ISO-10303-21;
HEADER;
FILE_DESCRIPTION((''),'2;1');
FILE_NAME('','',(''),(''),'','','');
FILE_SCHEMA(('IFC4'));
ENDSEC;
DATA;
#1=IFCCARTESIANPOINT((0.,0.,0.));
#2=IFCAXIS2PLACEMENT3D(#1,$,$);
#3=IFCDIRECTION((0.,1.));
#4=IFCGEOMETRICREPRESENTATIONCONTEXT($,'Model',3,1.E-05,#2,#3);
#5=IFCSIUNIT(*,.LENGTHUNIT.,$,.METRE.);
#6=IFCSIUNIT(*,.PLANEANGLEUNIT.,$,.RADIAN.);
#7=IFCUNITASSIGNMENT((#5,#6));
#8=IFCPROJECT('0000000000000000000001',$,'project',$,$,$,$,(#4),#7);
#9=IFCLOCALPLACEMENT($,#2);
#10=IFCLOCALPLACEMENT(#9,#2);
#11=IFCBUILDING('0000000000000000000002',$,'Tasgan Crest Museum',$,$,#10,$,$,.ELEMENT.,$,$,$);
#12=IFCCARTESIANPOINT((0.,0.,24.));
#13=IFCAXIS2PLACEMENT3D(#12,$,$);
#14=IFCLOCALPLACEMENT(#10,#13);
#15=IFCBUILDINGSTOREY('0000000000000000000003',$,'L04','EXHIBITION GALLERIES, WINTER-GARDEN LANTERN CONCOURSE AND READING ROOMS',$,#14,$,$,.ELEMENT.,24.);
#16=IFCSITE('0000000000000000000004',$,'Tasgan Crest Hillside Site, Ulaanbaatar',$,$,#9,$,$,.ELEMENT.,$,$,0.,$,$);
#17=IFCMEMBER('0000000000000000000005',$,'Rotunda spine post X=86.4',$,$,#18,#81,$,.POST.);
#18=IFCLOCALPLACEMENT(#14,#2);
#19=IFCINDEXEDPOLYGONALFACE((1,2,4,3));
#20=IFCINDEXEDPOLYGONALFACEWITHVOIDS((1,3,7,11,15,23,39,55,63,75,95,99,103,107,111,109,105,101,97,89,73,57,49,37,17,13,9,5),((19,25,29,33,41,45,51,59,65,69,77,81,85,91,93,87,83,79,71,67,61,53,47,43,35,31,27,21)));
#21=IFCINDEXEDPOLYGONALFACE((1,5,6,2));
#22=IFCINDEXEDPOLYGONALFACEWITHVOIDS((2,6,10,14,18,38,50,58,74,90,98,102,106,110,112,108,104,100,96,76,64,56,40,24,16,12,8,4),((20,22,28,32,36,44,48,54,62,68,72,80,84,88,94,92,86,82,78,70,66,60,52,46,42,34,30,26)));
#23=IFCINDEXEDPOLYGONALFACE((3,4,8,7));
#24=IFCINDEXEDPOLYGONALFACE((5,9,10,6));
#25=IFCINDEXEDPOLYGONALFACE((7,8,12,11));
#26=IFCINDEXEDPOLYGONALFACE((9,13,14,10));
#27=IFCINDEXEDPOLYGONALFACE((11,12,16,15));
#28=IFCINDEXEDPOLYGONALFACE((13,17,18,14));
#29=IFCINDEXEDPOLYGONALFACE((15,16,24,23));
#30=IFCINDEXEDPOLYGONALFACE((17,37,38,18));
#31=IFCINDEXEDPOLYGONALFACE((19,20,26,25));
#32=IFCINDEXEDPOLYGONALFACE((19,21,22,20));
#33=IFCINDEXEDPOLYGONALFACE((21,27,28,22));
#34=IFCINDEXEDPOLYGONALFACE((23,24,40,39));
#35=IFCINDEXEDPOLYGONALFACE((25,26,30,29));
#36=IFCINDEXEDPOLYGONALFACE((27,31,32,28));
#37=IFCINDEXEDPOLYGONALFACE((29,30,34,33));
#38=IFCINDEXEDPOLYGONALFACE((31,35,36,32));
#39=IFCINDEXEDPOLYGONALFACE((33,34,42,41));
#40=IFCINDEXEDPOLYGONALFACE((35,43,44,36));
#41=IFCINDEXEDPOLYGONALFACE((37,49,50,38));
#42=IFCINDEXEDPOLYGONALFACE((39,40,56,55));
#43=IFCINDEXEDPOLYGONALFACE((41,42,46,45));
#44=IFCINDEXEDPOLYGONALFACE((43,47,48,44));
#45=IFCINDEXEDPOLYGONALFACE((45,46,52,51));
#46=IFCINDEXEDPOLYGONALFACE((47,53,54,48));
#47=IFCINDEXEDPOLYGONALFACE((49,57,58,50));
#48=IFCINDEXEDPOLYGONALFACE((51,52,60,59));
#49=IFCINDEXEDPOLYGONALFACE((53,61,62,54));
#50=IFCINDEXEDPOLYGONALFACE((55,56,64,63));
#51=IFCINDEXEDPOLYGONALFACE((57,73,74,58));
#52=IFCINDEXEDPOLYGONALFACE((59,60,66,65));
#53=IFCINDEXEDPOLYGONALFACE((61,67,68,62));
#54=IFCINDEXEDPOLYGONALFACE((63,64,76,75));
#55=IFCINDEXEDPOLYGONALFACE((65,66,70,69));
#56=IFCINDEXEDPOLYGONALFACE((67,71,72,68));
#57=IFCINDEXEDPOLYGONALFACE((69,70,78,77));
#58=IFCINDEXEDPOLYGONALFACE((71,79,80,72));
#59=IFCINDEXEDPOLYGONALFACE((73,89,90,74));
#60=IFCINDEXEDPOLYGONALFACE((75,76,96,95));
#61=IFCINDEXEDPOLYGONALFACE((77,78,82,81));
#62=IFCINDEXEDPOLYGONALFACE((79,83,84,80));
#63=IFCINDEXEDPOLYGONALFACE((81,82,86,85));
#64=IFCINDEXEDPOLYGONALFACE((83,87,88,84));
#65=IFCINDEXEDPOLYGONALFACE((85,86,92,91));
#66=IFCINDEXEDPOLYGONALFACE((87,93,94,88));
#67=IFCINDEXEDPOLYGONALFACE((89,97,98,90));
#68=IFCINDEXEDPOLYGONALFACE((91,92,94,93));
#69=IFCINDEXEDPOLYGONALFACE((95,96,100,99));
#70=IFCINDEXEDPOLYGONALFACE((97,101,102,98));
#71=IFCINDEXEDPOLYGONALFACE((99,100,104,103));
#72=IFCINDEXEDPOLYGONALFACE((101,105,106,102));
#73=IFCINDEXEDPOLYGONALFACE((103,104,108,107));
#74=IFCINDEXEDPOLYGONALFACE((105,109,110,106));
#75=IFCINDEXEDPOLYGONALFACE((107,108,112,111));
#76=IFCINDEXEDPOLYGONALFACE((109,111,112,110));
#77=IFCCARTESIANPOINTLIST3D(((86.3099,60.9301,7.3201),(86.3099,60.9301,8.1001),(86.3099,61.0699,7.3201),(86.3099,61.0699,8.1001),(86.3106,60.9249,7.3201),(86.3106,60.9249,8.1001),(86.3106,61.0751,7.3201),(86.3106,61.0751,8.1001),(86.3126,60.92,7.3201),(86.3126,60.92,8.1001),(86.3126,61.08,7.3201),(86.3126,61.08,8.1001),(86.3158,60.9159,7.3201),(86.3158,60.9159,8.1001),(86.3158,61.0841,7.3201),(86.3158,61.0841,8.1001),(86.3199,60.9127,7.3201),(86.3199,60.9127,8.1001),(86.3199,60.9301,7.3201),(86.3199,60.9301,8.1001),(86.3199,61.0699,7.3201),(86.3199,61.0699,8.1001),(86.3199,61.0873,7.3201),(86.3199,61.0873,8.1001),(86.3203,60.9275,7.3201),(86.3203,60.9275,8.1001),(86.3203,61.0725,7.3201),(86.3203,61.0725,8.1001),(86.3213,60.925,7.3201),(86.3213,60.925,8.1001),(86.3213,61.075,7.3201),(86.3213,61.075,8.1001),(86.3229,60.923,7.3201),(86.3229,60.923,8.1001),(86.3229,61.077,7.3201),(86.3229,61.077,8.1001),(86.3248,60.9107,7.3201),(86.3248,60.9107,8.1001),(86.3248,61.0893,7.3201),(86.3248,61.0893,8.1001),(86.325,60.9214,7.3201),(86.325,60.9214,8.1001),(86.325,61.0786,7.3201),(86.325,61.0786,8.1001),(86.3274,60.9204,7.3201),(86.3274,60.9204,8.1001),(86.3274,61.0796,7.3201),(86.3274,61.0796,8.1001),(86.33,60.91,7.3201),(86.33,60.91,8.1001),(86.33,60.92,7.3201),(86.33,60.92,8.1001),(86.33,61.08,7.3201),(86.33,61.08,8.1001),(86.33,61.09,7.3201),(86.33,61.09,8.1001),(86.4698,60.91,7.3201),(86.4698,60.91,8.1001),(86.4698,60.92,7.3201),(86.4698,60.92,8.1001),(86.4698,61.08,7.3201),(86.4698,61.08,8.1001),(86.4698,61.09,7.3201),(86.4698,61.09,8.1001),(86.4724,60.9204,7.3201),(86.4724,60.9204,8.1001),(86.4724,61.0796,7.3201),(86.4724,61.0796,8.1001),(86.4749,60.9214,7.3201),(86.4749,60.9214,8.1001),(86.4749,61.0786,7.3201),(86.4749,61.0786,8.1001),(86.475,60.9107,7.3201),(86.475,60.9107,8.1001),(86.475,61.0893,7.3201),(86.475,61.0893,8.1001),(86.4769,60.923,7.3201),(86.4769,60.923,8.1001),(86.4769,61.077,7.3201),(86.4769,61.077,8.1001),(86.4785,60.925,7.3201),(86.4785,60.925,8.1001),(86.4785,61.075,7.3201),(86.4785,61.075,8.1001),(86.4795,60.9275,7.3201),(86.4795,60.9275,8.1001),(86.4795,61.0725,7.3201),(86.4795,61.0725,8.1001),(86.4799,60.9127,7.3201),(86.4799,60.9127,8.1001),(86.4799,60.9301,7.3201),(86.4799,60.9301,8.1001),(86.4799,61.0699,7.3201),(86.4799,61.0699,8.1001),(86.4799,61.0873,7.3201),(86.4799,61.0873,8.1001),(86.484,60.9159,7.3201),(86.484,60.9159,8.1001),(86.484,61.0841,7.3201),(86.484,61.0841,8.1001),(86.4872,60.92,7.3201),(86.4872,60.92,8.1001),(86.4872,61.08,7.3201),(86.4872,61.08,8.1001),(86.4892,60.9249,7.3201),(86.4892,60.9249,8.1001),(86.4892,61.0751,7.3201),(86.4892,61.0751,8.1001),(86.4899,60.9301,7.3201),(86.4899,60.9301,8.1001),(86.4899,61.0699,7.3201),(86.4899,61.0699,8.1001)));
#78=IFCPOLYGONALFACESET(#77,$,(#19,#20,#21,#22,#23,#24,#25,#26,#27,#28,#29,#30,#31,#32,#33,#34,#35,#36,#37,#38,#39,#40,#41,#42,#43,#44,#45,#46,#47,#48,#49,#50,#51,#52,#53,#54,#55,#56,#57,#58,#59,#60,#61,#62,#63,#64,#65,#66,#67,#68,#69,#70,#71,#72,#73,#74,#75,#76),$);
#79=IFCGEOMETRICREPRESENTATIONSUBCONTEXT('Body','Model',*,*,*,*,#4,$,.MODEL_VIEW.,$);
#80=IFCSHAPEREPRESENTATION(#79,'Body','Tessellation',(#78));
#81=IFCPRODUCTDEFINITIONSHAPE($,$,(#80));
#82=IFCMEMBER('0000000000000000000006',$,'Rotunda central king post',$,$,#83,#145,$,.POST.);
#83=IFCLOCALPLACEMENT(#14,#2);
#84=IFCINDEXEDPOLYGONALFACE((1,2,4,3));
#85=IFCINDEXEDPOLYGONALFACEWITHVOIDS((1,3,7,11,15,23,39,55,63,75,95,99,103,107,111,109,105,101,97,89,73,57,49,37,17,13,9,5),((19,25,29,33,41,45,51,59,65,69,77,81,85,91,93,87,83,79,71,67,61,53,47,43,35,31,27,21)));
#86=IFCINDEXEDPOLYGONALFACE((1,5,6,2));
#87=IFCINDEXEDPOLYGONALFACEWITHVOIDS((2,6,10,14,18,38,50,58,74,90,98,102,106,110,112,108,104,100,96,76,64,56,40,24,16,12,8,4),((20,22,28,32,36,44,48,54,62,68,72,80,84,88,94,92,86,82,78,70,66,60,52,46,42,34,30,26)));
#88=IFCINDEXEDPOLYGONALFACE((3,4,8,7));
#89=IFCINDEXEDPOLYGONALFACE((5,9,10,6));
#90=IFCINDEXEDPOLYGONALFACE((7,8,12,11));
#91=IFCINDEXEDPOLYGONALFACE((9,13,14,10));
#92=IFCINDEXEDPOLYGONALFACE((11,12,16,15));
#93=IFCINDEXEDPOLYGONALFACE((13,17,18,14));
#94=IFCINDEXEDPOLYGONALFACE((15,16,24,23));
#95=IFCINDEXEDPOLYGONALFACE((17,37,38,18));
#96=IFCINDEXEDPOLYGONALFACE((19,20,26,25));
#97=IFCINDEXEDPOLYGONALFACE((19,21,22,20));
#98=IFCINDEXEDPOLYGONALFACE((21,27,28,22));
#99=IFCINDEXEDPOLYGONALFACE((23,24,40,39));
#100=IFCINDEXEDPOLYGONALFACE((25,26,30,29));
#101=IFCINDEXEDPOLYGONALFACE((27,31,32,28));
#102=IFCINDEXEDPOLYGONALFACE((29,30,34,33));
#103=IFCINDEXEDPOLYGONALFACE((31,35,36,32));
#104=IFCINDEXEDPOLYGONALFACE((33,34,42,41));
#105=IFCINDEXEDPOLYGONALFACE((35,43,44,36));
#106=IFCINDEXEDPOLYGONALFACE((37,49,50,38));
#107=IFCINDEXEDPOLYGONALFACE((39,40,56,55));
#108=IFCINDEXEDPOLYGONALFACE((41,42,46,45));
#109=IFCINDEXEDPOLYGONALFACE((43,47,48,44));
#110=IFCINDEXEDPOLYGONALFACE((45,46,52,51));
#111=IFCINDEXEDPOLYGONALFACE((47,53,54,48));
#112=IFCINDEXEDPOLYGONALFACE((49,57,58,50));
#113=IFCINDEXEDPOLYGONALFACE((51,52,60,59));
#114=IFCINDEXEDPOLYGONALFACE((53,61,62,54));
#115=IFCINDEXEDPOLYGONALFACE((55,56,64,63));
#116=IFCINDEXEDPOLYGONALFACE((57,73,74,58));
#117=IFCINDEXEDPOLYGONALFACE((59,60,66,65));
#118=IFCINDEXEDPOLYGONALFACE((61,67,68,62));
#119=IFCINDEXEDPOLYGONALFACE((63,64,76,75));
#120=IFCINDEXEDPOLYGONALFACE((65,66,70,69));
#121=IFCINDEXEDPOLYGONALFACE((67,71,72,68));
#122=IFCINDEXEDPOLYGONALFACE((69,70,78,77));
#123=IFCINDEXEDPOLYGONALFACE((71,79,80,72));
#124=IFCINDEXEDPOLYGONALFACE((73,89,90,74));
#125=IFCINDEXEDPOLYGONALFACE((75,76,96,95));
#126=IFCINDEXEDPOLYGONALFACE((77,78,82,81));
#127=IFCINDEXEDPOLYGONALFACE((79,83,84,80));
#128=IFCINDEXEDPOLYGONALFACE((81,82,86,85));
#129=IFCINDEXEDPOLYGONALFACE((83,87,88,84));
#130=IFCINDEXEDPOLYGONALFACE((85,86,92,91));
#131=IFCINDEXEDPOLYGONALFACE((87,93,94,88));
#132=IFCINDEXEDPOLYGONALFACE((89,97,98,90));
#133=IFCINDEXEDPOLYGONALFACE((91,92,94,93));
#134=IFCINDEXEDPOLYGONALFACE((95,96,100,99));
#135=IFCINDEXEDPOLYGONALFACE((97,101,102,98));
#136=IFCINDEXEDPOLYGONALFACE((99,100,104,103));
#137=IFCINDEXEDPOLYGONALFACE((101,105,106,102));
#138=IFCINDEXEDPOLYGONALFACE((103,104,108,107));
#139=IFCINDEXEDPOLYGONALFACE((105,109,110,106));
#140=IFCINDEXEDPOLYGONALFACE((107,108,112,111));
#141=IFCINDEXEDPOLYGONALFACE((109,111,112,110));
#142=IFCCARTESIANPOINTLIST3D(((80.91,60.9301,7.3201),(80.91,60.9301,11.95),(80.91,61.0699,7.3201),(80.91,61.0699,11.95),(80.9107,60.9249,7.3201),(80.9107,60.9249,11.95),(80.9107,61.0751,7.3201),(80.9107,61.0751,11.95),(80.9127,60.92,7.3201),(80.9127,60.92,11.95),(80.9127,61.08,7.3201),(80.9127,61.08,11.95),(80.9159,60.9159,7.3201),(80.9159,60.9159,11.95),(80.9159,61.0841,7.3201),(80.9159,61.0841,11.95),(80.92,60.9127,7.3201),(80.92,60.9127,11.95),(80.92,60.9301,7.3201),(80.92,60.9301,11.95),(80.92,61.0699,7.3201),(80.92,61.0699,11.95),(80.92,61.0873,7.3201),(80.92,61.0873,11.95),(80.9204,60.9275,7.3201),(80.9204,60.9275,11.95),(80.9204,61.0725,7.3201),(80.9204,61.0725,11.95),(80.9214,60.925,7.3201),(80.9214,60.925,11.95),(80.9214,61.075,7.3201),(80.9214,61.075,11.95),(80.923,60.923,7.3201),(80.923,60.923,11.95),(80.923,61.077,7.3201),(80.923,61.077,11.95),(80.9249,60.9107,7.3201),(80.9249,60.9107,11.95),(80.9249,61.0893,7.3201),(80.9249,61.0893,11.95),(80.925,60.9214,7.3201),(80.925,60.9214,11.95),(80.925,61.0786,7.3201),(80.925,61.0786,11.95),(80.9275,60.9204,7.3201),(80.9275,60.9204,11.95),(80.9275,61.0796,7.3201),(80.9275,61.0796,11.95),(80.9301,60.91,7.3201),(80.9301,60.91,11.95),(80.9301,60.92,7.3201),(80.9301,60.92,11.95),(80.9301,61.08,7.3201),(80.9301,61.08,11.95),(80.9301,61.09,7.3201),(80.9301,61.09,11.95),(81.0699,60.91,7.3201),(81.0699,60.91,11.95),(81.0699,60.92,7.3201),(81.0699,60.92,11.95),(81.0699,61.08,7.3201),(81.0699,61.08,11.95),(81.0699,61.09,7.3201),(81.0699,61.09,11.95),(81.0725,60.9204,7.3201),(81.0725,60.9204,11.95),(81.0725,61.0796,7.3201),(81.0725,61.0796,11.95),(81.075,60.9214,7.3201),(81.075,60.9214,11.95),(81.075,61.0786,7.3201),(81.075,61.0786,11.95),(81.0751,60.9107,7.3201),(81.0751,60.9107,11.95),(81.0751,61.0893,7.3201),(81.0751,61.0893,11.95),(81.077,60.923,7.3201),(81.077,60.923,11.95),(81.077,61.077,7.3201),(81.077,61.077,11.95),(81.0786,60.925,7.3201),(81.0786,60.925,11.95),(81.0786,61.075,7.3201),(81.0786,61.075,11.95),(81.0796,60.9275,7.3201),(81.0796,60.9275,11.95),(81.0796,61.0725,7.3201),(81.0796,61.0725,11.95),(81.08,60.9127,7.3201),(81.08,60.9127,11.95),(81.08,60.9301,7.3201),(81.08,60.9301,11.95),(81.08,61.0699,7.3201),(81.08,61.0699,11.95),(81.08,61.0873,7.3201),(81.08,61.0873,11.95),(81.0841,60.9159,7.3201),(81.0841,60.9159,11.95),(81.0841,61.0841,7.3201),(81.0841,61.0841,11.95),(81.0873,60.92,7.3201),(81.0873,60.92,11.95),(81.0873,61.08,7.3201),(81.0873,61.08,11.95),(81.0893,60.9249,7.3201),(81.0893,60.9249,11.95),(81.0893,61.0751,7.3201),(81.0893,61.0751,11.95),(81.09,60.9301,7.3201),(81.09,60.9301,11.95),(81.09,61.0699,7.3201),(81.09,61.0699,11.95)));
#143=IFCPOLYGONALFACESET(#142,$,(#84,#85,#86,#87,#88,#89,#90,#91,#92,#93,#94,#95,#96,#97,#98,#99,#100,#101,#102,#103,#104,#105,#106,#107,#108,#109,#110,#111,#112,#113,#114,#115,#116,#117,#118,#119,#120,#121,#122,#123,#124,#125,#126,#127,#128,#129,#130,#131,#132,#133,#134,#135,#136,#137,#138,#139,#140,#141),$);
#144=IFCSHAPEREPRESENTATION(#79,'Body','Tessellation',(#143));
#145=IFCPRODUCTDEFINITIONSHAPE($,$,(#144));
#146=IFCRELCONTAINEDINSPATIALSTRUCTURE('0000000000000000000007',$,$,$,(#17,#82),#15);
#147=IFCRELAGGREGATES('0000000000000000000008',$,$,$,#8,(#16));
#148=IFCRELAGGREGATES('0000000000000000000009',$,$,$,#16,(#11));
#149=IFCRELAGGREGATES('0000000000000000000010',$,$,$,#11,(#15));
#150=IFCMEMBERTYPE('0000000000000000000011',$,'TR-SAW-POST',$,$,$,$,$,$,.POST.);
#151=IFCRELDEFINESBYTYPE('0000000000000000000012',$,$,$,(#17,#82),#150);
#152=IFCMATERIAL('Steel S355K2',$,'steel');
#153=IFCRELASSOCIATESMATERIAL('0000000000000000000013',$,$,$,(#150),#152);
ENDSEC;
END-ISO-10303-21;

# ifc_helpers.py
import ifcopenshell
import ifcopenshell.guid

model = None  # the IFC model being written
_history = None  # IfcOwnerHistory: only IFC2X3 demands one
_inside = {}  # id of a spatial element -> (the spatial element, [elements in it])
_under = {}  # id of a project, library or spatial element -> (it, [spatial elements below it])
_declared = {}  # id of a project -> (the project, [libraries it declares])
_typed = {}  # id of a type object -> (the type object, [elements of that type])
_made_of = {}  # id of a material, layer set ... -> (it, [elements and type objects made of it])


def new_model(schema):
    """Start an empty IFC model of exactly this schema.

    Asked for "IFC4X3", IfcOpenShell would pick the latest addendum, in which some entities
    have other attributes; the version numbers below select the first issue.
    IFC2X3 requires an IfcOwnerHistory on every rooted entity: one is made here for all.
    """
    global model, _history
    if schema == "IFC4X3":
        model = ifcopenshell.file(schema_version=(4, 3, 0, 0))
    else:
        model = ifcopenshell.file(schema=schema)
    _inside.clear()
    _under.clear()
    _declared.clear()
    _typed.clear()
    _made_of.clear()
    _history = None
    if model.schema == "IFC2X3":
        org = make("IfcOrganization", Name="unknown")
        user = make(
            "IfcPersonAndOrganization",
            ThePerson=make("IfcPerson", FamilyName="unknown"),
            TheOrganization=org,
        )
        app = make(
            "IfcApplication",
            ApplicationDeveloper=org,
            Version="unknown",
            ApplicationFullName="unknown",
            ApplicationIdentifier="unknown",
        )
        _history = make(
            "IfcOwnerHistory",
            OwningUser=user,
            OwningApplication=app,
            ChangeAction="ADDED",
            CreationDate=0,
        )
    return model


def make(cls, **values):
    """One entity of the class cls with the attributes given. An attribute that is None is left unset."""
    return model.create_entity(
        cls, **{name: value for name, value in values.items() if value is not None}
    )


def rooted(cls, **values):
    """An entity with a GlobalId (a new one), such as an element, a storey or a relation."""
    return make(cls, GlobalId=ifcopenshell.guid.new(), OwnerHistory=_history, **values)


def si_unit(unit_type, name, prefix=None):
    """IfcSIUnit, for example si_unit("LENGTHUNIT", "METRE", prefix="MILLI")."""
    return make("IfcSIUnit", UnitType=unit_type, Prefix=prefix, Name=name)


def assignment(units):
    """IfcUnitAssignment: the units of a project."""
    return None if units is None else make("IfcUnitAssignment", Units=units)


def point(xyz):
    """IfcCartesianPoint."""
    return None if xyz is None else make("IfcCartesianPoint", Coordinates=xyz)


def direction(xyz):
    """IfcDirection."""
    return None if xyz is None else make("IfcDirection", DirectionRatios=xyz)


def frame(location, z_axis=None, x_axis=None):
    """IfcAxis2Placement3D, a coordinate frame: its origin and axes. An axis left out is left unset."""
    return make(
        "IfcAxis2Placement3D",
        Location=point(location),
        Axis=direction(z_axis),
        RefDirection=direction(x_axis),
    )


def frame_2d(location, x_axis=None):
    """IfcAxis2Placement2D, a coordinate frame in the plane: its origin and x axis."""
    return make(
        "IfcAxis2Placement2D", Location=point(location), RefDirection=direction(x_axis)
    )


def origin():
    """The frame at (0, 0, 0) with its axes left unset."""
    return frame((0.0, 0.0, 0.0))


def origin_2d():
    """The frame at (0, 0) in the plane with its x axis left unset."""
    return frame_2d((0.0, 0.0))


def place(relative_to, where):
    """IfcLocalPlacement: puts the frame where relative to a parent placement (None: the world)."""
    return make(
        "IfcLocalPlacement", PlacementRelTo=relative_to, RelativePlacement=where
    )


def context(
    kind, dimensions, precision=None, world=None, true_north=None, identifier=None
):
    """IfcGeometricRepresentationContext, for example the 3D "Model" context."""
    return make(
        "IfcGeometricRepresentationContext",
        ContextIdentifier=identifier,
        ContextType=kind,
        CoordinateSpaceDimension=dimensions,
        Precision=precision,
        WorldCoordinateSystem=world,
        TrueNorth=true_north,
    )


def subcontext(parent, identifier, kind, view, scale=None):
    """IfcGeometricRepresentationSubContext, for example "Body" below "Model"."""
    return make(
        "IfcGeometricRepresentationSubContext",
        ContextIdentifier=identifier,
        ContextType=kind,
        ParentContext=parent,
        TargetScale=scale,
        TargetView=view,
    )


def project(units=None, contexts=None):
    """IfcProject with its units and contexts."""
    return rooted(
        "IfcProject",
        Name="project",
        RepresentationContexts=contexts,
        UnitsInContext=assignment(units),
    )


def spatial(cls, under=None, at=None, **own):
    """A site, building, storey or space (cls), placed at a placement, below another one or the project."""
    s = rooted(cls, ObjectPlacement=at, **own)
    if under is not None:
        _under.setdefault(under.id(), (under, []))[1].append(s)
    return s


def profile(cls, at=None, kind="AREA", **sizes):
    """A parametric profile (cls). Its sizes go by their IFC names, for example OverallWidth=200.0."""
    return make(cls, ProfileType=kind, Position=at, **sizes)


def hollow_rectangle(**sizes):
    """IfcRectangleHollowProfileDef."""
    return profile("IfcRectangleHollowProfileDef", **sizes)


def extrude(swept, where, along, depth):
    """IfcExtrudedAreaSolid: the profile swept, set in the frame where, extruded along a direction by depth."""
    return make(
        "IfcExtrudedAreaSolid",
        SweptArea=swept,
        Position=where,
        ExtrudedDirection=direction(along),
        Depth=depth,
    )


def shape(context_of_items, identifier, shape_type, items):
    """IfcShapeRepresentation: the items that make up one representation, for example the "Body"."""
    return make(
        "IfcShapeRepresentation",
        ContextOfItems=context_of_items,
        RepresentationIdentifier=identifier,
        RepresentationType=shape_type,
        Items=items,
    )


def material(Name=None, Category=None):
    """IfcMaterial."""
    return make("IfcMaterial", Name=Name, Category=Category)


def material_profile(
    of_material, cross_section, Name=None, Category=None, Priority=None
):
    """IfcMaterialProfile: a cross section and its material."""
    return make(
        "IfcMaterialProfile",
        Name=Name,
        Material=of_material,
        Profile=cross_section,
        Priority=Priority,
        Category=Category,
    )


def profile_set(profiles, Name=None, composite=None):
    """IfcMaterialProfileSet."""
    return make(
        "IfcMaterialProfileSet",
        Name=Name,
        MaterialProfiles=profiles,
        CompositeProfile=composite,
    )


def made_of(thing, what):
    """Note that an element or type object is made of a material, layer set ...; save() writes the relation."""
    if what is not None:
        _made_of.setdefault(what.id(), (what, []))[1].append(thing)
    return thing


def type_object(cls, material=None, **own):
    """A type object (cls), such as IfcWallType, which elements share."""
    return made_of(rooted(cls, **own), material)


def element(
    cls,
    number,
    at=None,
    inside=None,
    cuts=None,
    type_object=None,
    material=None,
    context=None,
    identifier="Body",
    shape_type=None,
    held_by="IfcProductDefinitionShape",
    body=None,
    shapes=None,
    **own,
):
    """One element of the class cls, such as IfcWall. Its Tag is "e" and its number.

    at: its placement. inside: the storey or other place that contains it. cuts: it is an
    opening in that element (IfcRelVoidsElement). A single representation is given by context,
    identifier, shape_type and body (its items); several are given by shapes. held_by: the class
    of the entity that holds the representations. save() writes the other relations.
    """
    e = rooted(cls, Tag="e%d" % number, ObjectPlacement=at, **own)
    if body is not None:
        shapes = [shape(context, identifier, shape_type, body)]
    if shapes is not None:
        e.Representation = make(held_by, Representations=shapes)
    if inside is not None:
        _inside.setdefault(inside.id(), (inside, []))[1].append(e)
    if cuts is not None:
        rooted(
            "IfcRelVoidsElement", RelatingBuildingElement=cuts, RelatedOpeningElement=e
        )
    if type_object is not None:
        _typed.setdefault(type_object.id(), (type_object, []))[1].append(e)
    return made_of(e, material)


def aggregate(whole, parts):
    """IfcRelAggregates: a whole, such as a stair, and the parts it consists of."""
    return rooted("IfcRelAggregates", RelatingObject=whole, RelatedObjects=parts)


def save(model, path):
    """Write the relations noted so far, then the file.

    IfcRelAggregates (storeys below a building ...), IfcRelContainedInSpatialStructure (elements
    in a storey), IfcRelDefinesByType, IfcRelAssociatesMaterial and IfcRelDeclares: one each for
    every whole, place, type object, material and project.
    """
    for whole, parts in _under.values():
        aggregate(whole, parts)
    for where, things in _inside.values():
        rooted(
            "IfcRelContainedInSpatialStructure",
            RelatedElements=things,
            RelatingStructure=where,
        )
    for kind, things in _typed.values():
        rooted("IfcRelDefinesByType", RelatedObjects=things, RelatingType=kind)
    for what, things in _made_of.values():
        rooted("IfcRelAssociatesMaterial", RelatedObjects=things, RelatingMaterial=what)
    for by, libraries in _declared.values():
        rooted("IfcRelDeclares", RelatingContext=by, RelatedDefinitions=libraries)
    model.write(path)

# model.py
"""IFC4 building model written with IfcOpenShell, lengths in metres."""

from ifc_helpers import new_model, si_unit, direction, frame, origin, origin_2d, place, context, subcontext, project, spatial, hollow_rectangle, extrude, material, material_profile, profile_set, type_object, element, save


model = new_model("IFC4")

# Units and contexts
model_context = context("Model", 3, precision=1e-05, world=origin(), true_north=direction((0.0, 1.0)))
body_context = subcontext(model_context, "Body", "Model", "MODEL_VIEW")
ifc_project = project(units=[si_unit("LENGTHUNIT", "METRE"), si_unit("PLANEANGLEUNIT", "RADIAN")], contexts=[model_context])

# Site, building, storey
site_placement = place(None, origin())
site = spatial("IfcSite", under=ifc_project, at=site_placement, Name="Tasgan Crest Hillside Site, Ulaanbaatar", CompositionType="ELEMENT", RefElevation=0.0)
building_placement = place(site_placement, origin())
building = spatial("IfcBuilding", under=site, at=building_placement, Name="Tasgan Crest Museum", CompositionType="ELEMENT")
storey_placement = place(building_placement, frame((0.0, 0.0, 24.0)))
storey = spatial("IfcBuildingStorey", under=building, at=storey_placement, Name="L04", Description="EXHIBITION GALLERIES, WINTER-GARDEN LANTERN CONCOURSE AND READING ROOMS", CompositionType="ELEMENT", Elevation=24.0)

# Members
ifc_material_1 = material(Name="Steel S355K2", Category="steel")
ifc_material_profile_1 = material_profile(ifc_material_1, hollow_rectangle(XDim=0.1799, YDim=0.1799, WallThickness=0.01, InnerFilletRadius=0.01, OuterFilletRadius=0.02, at=origin_2d()), Name="SHS 180x180x10")
ifc_profile_set_1 = profile_set([ifc_material_profile_1], Name="Steel S355K2")
member_type_1 = type_object("IfcMemberType", Name="TR-SAW-POST", PredefinedType="POST", material=ifc_profile_set_1)
member_1_placement = place(storey_placement, frame((86.3999, 61.0, 7.3201), z_axis=(0.0, 0.0, 1.0), x_axis=(1.0, 0.0, 0.0)))
element("IfcMember", 1, at=member_1_placement, inside=storey, type_object=member_type_1, Name="Rotunda spine post X=86.4", PredefinedType="POST", context=body_context, shape_type="SweptSolid", body=[
    extrude(hollow_rectangle(XDim=0.1799, YDim=0.1799, WallThickness=0.01, InnerFilletRadius=0.01, OuterFilletRadius=0.02, at=origin_2d()), origin(), (0.0, 0.0, 1.0), 0.78),
])
member_2_placement = place(storey_placement, frame((81.0, 61.0, 7.3201), z_axis=(0.0, 0.0, 1.0), x_axis=(1.0, 0.0, 0.0)))
element("IfcMember", 2, at=member_2_placement, inside=storey, type_object=member_type_1, Name="Rotunda central king post", PredefinedType="POST", context=body_context, shape_type="SweptSolid", body=[
    extrude(hollow_rectangle(XDim=0.1799, YDim=0.1799, WallThickness=0.01, InnerFilletRadius=0.01, OuterFilletRadius=0.02, at=origin_2d()), origin(), (0.0, 0.0, 1.0), 4.6299),
])

save(model, "model.ifc")
